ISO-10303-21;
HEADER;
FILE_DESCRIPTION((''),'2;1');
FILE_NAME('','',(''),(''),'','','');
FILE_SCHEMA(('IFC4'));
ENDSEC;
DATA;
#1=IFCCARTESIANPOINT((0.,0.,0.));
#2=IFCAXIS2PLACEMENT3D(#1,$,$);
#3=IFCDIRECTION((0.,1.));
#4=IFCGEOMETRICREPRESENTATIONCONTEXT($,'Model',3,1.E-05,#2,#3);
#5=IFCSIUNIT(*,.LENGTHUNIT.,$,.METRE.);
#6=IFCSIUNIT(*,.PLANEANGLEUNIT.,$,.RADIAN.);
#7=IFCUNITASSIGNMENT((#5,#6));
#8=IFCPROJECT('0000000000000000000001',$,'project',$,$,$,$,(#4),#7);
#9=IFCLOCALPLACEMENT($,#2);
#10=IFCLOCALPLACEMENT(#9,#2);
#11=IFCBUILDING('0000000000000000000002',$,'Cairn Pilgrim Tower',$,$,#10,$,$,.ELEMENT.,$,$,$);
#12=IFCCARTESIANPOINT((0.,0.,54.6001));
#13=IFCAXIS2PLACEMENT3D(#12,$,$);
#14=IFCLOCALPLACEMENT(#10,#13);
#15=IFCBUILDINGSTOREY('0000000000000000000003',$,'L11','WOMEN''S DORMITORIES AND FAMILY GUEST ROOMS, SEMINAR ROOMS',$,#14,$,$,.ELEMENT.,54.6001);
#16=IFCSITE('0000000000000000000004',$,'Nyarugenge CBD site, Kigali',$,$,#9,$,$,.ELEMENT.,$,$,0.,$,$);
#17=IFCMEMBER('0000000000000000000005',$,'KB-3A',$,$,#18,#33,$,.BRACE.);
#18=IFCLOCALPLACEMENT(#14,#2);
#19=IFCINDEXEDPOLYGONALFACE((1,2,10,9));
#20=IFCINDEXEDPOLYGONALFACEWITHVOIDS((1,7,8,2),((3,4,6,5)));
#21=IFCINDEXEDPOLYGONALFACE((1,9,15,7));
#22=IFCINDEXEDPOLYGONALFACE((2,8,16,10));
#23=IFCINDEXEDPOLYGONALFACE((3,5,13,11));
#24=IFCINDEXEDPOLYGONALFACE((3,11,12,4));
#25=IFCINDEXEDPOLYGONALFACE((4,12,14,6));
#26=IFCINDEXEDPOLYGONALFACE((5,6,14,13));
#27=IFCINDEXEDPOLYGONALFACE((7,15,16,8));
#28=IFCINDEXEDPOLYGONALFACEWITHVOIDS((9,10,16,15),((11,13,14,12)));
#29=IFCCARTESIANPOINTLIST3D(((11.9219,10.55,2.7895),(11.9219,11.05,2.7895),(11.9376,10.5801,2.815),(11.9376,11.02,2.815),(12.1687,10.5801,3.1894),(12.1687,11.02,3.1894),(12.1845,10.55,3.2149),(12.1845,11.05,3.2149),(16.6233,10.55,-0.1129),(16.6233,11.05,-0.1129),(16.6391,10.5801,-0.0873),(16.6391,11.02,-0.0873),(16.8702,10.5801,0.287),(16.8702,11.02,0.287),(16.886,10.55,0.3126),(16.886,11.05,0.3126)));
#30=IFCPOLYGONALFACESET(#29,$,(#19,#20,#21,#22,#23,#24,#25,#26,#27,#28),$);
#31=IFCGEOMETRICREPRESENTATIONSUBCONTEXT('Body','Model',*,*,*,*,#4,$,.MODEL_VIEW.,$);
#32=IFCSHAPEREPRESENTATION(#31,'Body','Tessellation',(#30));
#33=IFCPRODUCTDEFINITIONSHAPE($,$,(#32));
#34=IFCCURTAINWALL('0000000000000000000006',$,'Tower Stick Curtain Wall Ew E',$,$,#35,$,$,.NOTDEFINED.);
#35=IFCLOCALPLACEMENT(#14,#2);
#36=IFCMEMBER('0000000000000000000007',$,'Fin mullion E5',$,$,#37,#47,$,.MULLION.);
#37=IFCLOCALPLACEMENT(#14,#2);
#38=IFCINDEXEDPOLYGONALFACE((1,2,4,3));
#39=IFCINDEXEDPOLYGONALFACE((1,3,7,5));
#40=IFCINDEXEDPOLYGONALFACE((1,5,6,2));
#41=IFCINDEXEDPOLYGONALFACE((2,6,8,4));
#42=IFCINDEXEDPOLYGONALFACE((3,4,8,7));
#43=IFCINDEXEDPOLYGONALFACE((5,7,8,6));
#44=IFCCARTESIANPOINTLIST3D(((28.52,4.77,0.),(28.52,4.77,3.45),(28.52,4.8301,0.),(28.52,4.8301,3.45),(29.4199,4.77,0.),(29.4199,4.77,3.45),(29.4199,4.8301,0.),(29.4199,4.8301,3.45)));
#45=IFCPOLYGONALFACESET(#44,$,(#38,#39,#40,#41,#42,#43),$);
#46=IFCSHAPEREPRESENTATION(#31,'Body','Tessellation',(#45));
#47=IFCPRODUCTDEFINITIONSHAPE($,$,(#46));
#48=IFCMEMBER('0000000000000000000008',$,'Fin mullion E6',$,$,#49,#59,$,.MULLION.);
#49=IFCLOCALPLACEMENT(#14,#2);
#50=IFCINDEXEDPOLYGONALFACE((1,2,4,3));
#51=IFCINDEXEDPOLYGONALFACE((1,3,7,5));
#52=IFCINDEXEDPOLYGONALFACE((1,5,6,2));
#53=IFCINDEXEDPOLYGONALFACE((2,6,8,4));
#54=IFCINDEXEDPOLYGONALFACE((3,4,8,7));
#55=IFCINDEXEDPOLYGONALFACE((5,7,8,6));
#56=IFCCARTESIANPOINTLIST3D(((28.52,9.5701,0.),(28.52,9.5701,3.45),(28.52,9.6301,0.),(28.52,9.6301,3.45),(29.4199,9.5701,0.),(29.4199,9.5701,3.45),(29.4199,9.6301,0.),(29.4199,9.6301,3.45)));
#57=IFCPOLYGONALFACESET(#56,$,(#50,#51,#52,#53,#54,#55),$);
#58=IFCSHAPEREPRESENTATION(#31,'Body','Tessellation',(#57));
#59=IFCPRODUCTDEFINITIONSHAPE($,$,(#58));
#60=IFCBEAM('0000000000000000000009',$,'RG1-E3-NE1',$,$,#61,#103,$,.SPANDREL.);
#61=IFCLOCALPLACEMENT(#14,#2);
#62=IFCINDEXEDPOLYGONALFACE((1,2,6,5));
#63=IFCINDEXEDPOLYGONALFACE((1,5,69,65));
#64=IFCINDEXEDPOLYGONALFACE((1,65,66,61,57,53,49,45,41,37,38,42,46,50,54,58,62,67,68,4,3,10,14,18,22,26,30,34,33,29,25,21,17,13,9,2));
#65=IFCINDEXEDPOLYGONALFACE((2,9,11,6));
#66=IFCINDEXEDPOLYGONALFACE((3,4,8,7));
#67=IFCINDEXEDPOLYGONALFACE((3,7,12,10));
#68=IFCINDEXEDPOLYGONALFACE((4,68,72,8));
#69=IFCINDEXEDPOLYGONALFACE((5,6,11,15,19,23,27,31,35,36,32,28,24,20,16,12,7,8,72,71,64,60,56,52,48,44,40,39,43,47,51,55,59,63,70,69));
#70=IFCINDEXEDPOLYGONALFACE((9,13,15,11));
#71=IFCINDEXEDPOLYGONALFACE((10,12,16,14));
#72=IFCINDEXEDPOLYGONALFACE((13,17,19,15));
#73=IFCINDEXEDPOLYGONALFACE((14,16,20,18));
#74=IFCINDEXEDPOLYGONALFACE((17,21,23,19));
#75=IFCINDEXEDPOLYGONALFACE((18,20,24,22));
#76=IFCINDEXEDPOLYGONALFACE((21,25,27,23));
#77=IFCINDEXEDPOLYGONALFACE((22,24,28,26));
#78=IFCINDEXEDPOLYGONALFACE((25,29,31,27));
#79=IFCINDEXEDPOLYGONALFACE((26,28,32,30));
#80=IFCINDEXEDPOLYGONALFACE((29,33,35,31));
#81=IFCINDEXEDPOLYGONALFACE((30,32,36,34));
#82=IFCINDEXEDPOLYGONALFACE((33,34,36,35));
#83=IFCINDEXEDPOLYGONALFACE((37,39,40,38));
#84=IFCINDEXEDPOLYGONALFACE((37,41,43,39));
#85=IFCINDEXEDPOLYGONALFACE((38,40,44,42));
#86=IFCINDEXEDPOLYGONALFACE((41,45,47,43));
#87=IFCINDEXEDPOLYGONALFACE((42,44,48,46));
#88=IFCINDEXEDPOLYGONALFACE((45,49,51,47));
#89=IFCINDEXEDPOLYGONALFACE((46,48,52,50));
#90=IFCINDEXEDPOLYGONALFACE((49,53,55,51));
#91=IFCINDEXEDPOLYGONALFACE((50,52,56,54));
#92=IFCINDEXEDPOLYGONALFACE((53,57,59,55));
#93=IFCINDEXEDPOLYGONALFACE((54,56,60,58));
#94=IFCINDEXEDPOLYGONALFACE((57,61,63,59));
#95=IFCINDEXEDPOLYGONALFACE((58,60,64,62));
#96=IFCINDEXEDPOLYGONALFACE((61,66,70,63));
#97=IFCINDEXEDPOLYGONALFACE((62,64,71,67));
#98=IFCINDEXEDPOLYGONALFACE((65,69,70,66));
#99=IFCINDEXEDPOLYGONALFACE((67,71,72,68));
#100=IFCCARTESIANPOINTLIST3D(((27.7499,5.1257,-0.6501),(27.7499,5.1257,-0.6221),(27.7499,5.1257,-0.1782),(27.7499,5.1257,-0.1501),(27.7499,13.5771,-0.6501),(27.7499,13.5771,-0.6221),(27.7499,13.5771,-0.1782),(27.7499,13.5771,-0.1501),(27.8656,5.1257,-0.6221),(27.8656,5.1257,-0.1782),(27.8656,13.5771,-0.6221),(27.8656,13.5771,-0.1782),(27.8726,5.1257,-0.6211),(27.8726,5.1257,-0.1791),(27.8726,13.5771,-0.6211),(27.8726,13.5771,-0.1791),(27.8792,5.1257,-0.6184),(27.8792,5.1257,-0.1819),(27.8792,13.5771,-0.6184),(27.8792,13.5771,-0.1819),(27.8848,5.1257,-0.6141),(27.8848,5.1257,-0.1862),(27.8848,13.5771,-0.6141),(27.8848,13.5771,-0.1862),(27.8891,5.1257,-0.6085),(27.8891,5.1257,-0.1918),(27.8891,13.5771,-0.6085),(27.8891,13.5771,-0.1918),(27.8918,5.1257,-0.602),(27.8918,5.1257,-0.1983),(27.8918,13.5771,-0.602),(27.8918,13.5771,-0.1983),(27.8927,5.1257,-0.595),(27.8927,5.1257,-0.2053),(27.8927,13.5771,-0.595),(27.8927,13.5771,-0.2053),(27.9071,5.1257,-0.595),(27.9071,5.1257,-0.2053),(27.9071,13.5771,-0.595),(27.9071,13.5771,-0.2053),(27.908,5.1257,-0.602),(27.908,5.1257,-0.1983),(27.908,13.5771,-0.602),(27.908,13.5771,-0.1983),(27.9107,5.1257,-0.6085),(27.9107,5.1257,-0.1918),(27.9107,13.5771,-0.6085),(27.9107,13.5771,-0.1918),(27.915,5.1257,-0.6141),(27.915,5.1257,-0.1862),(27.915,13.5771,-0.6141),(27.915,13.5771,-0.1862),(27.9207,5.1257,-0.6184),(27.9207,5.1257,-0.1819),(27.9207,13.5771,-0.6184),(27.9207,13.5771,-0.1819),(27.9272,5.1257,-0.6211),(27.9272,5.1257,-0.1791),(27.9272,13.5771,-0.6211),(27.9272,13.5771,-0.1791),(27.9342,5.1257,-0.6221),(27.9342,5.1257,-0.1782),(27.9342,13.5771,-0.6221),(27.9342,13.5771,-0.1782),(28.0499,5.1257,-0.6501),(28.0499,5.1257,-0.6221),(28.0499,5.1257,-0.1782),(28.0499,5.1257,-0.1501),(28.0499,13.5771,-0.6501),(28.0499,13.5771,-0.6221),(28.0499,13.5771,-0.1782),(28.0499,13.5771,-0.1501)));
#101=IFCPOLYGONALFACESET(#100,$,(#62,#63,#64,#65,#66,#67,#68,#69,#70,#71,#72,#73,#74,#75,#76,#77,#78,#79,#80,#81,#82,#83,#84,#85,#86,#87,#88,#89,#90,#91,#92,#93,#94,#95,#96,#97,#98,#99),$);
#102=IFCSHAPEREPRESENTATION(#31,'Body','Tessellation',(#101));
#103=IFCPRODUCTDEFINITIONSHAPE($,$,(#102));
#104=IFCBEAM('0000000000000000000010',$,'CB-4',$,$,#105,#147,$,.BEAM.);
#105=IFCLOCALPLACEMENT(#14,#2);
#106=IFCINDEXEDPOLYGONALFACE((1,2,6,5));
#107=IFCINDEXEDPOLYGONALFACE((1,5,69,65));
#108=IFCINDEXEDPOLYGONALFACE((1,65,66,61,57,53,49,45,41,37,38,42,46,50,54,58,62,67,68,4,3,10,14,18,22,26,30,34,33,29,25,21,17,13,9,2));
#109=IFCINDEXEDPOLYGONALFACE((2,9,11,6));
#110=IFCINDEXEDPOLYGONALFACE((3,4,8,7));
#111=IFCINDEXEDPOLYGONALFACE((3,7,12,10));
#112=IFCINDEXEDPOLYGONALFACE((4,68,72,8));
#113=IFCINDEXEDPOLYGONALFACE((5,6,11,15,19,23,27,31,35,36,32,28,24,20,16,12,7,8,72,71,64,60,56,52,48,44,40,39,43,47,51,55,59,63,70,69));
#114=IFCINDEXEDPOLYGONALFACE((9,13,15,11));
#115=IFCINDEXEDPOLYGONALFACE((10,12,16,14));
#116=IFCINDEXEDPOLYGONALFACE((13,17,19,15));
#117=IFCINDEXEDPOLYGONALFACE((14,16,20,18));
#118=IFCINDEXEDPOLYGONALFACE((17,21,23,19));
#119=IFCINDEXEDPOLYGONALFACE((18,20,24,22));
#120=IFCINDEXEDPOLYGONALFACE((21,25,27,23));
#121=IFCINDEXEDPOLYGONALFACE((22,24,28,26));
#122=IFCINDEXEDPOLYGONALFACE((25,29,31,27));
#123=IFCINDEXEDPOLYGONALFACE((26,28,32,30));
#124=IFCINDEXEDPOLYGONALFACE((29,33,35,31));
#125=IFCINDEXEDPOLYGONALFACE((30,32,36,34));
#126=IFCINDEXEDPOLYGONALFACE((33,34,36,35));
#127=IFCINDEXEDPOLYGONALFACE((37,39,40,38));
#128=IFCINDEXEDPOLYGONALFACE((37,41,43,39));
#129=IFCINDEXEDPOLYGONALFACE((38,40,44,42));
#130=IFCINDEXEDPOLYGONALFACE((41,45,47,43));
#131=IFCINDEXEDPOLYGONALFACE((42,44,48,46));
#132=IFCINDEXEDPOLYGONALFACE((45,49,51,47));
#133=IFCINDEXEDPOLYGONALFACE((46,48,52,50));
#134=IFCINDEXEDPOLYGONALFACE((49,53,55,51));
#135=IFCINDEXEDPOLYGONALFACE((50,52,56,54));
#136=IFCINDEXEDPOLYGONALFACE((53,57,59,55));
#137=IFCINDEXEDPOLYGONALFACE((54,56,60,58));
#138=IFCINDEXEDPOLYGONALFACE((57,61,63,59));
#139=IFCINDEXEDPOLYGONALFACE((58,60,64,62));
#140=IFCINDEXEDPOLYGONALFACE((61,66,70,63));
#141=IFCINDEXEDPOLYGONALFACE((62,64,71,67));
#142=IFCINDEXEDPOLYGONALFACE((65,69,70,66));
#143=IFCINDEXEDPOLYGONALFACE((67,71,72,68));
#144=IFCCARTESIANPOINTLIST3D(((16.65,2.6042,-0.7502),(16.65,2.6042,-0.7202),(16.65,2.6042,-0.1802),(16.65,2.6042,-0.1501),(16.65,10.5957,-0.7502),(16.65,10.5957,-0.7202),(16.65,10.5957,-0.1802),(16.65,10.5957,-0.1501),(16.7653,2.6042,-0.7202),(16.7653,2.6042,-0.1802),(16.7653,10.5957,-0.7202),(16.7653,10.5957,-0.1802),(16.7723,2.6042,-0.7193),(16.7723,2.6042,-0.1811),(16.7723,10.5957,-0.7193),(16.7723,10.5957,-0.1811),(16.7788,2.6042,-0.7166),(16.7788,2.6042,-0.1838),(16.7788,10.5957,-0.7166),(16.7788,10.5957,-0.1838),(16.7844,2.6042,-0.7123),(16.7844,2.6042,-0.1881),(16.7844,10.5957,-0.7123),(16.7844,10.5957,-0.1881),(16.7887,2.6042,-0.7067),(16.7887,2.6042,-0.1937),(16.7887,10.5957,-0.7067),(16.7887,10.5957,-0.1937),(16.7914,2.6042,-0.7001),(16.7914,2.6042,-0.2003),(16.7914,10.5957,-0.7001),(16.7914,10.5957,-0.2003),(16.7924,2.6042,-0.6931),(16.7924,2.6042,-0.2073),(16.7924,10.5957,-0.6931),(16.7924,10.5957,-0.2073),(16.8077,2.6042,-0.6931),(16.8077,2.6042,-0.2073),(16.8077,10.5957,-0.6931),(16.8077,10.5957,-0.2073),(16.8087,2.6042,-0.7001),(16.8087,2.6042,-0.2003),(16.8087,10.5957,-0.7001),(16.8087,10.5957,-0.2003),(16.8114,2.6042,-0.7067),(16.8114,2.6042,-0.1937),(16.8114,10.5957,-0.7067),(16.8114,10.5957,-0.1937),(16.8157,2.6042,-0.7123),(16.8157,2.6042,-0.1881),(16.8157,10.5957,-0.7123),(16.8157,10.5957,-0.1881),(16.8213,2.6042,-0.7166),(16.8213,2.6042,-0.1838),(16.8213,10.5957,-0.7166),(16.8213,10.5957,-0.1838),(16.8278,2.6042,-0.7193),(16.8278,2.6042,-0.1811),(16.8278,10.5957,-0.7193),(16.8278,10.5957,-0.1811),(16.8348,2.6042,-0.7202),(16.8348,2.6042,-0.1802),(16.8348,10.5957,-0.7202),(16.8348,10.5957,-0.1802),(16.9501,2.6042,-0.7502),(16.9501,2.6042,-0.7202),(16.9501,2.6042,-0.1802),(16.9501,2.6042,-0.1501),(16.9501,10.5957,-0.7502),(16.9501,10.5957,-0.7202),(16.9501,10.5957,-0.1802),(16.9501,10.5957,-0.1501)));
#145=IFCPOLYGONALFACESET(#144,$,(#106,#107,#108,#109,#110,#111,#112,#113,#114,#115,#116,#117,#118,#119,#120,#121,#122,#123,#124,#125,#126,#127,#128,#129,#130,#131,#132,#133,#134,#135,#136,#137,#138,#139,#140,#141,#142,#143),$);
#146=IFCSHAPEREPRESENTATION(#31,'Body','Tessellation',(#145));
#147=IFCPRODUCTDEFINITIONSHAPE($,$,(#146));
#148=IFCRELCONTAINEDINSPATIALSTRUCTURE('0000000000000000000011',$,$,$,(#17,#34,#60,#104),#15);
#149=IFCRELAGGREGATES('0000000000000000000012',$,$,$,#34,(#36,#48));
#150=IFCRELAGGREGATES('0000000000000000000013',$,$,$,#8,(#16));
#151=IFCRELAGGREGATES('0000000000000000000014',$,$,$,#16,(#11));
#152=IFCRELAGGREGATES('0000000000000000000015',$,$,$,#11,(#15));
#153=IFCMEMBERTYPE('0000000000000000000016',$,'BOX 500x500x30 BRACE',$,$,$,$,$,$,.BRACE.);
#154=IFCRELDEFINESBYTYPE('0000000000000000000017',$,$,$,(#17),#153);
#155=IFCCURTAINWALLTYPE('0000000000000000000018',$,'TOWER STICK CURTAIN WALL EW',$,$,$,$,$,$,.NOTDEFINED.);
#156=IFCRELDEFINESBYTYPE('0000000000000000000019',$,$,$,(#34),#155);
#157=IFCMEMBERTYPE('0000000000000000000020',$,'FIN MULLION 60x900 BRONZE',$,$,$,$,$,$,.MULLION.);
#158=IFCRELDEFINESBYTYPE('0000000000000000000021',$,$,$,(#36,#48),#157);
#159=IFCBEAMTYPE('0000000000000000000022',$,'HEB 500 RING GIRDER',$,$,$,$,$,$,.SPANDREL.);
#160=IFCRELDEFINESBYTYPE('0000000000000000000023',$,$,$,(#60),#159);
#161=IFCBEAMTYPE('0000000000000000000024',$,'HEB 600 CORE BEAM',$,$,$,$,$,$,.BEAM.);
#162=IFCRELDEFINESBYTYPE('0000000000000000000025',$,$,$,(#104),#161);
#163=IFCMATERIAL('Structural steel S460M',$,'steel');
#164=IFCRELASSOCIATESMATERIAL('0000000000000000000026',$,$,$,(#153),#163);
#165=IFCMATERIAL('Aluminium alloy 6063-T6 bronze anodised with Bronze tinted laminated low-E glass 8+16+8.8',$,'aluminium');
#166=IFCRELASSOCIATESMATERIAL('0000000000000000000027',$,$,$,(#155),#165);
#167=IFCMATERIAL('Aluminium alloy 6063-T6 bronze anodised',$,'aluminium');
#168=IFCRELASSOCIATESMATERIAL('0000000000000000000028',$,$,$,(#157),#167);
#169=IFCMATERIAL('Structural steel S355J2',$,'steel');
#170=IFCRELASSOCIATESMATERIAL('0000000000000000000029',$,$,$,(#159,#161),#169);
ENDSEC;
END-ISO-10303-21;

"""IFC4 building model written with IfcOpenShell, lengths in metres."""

from ifc_helpers import new_model, si_unit, direction, frame, origin, origin_2d, place, context, subcontext, project, spatial, rectangle, hollow_rectangle, i_section, extrude, material, material_profile, profile_set, type_object, element, aggregate, save


model = new_model("IFC4")

# Units and contexts
model_context = context("Model", 3, precision=1e-05, world=origin(), true_north=direction((0.0, 1.0)))
body_context = subcontext(model_context, "Body", "Model", "MODEL_VIEW")
ifc_project = project(units=[si_unit("LENGTHUNIT", "METRE"), si_unit("PLANEANGLEUNIT", "RADIAN")], contexts=[model_context])

# Site, building, storey
site_placement = place(None, origin())
site = spatial("IfcSite", under=ifc_project, at=site_placement, Name="Nyarugenge CBD site, Kigali", CompositionType="ELEMENT", RefElevation=0.0)
building_placement = place(site_placement, origin())
building = spatial("IfcBuilding", under=site, at=building_placement, Name="Cairn Pilgrim Tower", CompositionType="ELEMENT")
storey_placement = place(building_placement, frame((0.0, 0.0, 54.6001)))
storey = spatial("IfcBuildingStorey", under=building, at=storey_placement, Name="L11", Description="WOMEN'S DORMITORIES AND FAMILY GUEST ROOMS, SEMINAR ROOMS", CompositionType="ELEMENT", Elevation=54.6001)

# Shared definitions
ifc_material_1 = material(Name="Structural steel S460M", Category="steel")

# Member
ifc_material_profile_1 = material_profile(ifc_material_1, hollow_rectangle(XDim=0.5, YDim=0.5, WallThickness=0.03, at=origin_2d()), Name="BOX 500x500x30")
ifc_profile_set_1 = profile_set([ifc_material_profile_1], Name="Structural steel S460M")
member_type_1 = type_object("IfcMemberType", Name="BOX 500x500x30 BRACE", PredefinedType="BRACE", material=ifc_profile_set_1)
member_1_placement = place(storey_placement, frame((16.7546, 10.8, 0.0999), z_axis=(-0.850917, 0.0, 0.5253), x_axis=(0.0, -1.0, 0.0)))
element("IfcMember", 1, at=member_1_placement, inside=storey, type_object=member_type_1, Name="KB-3A", PredefinedType="BRACE", context=body_context, shape_type="SweptSolid", body=[
    extrude(hollow_rectangle(XDim=0.5, YDim=0.5, WallThickness=0.03, at=origin_2d()), origin(), (0.0, 0.0, 1.0), 5.5251),
])

# Curtain wall, members
ifc_material_2 = material(Name="Aluminium alloy 6063-T6 bronze anodised with Bronze tinted laminated low-E glass 8+16+8.8", Category="aluminium")
curtain_wall_type = type_object("IfcCurtainWallType", Name="TOWER STICK CURTAIN WALL EW", PredefinedType="NOTDEFINED", material=ifc_material_2)
curtain_wall_placement = place(storey_placement, origin())
curtain_wall = element("IfcCurtainWall", 2, at=curtain_wall_placement, inside=storey, type_object=curtain_wall_type, Name="Tower Stick Curtain Wall Ew E", PredefinedType="NOTDEFINED")
ifc_material_3 = material(Name="Aluminium alloy 6063-T6 bronze anodised", Category="aluminium")
ifc_material_profile_2 = material_profile(ifc_material_3, rectangle(XDim=0.8999, YDim=0.0601, at=origin_2d()), Name="FIN MULLION 60x900 BRONZE")
ifc_profile_set_2 = profile_set([ifc_material_profile_2], Name="Aluminium alloy 6063-T6 bronze anodised")
member_type_2 = type_object("IfcMemberType", Name="FIN MULLION 60x900 BRONZE", PredefinedType="MULLION", material=ifc_profile_set_2)
member_2_placement = place(storey_placement, frame((28.97, 4.8, 0.0), z_axis=(0.0, 0.0, 1.0), x_axis=(1.0, 0.0, 0.0)))
member_2 = element("IfcMember", 3, at=member_2_placement, type_object=member_type_2, Name="Fin mullion E5", PredefinedType="MULLION", context=body_context, shape_type="SweptSolid", body=[
    extrude(rectangle(XDim=0.8999, YDim=0.0601, at=origin_2d()), origin(), (0.0, 0.0, 1.0), 3.45),
])
member_3_placement = place(storey_placement, frame((28.97, 9.6001, 0.0), z_axis=(0.0, 0.0, 1.0), x_axis=(1.0, 0.0, 0.0)))
member_3 = element("IfcMember", 4, at=member_3_placement, type_object=member_type_2, Name="Fin mullion E6", PredefinedType="MULLION", context=body_context, shape_type="SweptSolid", body=[
    extrude(rectangle(XDim=0.8999, YDim=0.0601, at=origin_2d()), origin(), (0.0, 0.0, 1.0), 3.45),
])

# Beams
ifc_material_4 = material(Name="Structural steel S355J2", Category="steel")
ifc_material_profile_3 = material_profile(ifc_material_4, i_section(OverallWidth=0.3, OverallDepth=0.5, WebThickness=0.0144, FlangeThickness=0.0281, FilletRadius=0.0271, at=origin_2d()), Name="HEB 500")
ifc_profile_set_3 = profile_set([ifc_material_profile_3], Name="Structural steel S355J2")
beam_type_1 = type_object("IfcBeamType", Name="HEB 500 RING GIRDER", PredefinedType="SPANDREL", material=ifc_profile_set_3)
beam_1_placement = place(storey_placement, frame((27.8999, 5.1257, -0.4001), z_axis=(0.0, 1.0, 0.0), x_axis=(-1.0, 0.0, 0.0)))
element("IfcBeam", 5, at=beam_1_placement, inside=storey, type_object=beam_type_1, Name="RG1-E3-NE1", PredefinedType="SPANDREL", context=body_context, shape_type="SweptSolid", body=[
    extrude(i_section(OverallWidth=0.3, OverallDepth=0.5, WebThickness=0.0144, FlangeThickness=0.0281, FilletRadius=0.0271, at=origin_2d()), origin(), (0.0, 0.0, 1.0), 8.4514),
])
ifc_material_profile_4 = material_profile(ifc_material_4, i_section(OverallWidth=0.3, OverallDepth=0.6001, WebThickness=0.0154, FlangeThickness=0.03, FilletRadius=0.0271, at=origin_2d()), Name="HEB 600")
ifc_profile_set_4 = profile_set([ifc_material_profile_4], Name="Structural steel S355J2")
beam_type_2 = type_object("IfcBeamType", Name="HEB 600 CORE BEAM", PredefinedType="BEAM", material=ifc_profile_set_4)
beam_2_placement = place(storey_placement, frame((16.8, 2.6042, -0.4502), z_axis=(0.0, 1.0, 0.0), x_axis=(-1.0, 0.0, 0.0)))
element("IfcBeam", 6, at=beam_2_placement, inside=storey, type_object=beam_type_2, Name="CB-4", PredefinedType="BEAM", context=body_context, shape_type="SweptSolid", body=[
    extrude(i_section(OverallWidth=0.3, OverallDepth=0.6001, WebThickness=0.0154, FlangeThickness=0.03, FilletRadius=0.0271, at=origin_2d()), origin(), (0.0, 0.0, 1.0), 7.9915),
])

aggregate(curtain_wall, [member_2, member_3])

save(model, "model.ifc")
